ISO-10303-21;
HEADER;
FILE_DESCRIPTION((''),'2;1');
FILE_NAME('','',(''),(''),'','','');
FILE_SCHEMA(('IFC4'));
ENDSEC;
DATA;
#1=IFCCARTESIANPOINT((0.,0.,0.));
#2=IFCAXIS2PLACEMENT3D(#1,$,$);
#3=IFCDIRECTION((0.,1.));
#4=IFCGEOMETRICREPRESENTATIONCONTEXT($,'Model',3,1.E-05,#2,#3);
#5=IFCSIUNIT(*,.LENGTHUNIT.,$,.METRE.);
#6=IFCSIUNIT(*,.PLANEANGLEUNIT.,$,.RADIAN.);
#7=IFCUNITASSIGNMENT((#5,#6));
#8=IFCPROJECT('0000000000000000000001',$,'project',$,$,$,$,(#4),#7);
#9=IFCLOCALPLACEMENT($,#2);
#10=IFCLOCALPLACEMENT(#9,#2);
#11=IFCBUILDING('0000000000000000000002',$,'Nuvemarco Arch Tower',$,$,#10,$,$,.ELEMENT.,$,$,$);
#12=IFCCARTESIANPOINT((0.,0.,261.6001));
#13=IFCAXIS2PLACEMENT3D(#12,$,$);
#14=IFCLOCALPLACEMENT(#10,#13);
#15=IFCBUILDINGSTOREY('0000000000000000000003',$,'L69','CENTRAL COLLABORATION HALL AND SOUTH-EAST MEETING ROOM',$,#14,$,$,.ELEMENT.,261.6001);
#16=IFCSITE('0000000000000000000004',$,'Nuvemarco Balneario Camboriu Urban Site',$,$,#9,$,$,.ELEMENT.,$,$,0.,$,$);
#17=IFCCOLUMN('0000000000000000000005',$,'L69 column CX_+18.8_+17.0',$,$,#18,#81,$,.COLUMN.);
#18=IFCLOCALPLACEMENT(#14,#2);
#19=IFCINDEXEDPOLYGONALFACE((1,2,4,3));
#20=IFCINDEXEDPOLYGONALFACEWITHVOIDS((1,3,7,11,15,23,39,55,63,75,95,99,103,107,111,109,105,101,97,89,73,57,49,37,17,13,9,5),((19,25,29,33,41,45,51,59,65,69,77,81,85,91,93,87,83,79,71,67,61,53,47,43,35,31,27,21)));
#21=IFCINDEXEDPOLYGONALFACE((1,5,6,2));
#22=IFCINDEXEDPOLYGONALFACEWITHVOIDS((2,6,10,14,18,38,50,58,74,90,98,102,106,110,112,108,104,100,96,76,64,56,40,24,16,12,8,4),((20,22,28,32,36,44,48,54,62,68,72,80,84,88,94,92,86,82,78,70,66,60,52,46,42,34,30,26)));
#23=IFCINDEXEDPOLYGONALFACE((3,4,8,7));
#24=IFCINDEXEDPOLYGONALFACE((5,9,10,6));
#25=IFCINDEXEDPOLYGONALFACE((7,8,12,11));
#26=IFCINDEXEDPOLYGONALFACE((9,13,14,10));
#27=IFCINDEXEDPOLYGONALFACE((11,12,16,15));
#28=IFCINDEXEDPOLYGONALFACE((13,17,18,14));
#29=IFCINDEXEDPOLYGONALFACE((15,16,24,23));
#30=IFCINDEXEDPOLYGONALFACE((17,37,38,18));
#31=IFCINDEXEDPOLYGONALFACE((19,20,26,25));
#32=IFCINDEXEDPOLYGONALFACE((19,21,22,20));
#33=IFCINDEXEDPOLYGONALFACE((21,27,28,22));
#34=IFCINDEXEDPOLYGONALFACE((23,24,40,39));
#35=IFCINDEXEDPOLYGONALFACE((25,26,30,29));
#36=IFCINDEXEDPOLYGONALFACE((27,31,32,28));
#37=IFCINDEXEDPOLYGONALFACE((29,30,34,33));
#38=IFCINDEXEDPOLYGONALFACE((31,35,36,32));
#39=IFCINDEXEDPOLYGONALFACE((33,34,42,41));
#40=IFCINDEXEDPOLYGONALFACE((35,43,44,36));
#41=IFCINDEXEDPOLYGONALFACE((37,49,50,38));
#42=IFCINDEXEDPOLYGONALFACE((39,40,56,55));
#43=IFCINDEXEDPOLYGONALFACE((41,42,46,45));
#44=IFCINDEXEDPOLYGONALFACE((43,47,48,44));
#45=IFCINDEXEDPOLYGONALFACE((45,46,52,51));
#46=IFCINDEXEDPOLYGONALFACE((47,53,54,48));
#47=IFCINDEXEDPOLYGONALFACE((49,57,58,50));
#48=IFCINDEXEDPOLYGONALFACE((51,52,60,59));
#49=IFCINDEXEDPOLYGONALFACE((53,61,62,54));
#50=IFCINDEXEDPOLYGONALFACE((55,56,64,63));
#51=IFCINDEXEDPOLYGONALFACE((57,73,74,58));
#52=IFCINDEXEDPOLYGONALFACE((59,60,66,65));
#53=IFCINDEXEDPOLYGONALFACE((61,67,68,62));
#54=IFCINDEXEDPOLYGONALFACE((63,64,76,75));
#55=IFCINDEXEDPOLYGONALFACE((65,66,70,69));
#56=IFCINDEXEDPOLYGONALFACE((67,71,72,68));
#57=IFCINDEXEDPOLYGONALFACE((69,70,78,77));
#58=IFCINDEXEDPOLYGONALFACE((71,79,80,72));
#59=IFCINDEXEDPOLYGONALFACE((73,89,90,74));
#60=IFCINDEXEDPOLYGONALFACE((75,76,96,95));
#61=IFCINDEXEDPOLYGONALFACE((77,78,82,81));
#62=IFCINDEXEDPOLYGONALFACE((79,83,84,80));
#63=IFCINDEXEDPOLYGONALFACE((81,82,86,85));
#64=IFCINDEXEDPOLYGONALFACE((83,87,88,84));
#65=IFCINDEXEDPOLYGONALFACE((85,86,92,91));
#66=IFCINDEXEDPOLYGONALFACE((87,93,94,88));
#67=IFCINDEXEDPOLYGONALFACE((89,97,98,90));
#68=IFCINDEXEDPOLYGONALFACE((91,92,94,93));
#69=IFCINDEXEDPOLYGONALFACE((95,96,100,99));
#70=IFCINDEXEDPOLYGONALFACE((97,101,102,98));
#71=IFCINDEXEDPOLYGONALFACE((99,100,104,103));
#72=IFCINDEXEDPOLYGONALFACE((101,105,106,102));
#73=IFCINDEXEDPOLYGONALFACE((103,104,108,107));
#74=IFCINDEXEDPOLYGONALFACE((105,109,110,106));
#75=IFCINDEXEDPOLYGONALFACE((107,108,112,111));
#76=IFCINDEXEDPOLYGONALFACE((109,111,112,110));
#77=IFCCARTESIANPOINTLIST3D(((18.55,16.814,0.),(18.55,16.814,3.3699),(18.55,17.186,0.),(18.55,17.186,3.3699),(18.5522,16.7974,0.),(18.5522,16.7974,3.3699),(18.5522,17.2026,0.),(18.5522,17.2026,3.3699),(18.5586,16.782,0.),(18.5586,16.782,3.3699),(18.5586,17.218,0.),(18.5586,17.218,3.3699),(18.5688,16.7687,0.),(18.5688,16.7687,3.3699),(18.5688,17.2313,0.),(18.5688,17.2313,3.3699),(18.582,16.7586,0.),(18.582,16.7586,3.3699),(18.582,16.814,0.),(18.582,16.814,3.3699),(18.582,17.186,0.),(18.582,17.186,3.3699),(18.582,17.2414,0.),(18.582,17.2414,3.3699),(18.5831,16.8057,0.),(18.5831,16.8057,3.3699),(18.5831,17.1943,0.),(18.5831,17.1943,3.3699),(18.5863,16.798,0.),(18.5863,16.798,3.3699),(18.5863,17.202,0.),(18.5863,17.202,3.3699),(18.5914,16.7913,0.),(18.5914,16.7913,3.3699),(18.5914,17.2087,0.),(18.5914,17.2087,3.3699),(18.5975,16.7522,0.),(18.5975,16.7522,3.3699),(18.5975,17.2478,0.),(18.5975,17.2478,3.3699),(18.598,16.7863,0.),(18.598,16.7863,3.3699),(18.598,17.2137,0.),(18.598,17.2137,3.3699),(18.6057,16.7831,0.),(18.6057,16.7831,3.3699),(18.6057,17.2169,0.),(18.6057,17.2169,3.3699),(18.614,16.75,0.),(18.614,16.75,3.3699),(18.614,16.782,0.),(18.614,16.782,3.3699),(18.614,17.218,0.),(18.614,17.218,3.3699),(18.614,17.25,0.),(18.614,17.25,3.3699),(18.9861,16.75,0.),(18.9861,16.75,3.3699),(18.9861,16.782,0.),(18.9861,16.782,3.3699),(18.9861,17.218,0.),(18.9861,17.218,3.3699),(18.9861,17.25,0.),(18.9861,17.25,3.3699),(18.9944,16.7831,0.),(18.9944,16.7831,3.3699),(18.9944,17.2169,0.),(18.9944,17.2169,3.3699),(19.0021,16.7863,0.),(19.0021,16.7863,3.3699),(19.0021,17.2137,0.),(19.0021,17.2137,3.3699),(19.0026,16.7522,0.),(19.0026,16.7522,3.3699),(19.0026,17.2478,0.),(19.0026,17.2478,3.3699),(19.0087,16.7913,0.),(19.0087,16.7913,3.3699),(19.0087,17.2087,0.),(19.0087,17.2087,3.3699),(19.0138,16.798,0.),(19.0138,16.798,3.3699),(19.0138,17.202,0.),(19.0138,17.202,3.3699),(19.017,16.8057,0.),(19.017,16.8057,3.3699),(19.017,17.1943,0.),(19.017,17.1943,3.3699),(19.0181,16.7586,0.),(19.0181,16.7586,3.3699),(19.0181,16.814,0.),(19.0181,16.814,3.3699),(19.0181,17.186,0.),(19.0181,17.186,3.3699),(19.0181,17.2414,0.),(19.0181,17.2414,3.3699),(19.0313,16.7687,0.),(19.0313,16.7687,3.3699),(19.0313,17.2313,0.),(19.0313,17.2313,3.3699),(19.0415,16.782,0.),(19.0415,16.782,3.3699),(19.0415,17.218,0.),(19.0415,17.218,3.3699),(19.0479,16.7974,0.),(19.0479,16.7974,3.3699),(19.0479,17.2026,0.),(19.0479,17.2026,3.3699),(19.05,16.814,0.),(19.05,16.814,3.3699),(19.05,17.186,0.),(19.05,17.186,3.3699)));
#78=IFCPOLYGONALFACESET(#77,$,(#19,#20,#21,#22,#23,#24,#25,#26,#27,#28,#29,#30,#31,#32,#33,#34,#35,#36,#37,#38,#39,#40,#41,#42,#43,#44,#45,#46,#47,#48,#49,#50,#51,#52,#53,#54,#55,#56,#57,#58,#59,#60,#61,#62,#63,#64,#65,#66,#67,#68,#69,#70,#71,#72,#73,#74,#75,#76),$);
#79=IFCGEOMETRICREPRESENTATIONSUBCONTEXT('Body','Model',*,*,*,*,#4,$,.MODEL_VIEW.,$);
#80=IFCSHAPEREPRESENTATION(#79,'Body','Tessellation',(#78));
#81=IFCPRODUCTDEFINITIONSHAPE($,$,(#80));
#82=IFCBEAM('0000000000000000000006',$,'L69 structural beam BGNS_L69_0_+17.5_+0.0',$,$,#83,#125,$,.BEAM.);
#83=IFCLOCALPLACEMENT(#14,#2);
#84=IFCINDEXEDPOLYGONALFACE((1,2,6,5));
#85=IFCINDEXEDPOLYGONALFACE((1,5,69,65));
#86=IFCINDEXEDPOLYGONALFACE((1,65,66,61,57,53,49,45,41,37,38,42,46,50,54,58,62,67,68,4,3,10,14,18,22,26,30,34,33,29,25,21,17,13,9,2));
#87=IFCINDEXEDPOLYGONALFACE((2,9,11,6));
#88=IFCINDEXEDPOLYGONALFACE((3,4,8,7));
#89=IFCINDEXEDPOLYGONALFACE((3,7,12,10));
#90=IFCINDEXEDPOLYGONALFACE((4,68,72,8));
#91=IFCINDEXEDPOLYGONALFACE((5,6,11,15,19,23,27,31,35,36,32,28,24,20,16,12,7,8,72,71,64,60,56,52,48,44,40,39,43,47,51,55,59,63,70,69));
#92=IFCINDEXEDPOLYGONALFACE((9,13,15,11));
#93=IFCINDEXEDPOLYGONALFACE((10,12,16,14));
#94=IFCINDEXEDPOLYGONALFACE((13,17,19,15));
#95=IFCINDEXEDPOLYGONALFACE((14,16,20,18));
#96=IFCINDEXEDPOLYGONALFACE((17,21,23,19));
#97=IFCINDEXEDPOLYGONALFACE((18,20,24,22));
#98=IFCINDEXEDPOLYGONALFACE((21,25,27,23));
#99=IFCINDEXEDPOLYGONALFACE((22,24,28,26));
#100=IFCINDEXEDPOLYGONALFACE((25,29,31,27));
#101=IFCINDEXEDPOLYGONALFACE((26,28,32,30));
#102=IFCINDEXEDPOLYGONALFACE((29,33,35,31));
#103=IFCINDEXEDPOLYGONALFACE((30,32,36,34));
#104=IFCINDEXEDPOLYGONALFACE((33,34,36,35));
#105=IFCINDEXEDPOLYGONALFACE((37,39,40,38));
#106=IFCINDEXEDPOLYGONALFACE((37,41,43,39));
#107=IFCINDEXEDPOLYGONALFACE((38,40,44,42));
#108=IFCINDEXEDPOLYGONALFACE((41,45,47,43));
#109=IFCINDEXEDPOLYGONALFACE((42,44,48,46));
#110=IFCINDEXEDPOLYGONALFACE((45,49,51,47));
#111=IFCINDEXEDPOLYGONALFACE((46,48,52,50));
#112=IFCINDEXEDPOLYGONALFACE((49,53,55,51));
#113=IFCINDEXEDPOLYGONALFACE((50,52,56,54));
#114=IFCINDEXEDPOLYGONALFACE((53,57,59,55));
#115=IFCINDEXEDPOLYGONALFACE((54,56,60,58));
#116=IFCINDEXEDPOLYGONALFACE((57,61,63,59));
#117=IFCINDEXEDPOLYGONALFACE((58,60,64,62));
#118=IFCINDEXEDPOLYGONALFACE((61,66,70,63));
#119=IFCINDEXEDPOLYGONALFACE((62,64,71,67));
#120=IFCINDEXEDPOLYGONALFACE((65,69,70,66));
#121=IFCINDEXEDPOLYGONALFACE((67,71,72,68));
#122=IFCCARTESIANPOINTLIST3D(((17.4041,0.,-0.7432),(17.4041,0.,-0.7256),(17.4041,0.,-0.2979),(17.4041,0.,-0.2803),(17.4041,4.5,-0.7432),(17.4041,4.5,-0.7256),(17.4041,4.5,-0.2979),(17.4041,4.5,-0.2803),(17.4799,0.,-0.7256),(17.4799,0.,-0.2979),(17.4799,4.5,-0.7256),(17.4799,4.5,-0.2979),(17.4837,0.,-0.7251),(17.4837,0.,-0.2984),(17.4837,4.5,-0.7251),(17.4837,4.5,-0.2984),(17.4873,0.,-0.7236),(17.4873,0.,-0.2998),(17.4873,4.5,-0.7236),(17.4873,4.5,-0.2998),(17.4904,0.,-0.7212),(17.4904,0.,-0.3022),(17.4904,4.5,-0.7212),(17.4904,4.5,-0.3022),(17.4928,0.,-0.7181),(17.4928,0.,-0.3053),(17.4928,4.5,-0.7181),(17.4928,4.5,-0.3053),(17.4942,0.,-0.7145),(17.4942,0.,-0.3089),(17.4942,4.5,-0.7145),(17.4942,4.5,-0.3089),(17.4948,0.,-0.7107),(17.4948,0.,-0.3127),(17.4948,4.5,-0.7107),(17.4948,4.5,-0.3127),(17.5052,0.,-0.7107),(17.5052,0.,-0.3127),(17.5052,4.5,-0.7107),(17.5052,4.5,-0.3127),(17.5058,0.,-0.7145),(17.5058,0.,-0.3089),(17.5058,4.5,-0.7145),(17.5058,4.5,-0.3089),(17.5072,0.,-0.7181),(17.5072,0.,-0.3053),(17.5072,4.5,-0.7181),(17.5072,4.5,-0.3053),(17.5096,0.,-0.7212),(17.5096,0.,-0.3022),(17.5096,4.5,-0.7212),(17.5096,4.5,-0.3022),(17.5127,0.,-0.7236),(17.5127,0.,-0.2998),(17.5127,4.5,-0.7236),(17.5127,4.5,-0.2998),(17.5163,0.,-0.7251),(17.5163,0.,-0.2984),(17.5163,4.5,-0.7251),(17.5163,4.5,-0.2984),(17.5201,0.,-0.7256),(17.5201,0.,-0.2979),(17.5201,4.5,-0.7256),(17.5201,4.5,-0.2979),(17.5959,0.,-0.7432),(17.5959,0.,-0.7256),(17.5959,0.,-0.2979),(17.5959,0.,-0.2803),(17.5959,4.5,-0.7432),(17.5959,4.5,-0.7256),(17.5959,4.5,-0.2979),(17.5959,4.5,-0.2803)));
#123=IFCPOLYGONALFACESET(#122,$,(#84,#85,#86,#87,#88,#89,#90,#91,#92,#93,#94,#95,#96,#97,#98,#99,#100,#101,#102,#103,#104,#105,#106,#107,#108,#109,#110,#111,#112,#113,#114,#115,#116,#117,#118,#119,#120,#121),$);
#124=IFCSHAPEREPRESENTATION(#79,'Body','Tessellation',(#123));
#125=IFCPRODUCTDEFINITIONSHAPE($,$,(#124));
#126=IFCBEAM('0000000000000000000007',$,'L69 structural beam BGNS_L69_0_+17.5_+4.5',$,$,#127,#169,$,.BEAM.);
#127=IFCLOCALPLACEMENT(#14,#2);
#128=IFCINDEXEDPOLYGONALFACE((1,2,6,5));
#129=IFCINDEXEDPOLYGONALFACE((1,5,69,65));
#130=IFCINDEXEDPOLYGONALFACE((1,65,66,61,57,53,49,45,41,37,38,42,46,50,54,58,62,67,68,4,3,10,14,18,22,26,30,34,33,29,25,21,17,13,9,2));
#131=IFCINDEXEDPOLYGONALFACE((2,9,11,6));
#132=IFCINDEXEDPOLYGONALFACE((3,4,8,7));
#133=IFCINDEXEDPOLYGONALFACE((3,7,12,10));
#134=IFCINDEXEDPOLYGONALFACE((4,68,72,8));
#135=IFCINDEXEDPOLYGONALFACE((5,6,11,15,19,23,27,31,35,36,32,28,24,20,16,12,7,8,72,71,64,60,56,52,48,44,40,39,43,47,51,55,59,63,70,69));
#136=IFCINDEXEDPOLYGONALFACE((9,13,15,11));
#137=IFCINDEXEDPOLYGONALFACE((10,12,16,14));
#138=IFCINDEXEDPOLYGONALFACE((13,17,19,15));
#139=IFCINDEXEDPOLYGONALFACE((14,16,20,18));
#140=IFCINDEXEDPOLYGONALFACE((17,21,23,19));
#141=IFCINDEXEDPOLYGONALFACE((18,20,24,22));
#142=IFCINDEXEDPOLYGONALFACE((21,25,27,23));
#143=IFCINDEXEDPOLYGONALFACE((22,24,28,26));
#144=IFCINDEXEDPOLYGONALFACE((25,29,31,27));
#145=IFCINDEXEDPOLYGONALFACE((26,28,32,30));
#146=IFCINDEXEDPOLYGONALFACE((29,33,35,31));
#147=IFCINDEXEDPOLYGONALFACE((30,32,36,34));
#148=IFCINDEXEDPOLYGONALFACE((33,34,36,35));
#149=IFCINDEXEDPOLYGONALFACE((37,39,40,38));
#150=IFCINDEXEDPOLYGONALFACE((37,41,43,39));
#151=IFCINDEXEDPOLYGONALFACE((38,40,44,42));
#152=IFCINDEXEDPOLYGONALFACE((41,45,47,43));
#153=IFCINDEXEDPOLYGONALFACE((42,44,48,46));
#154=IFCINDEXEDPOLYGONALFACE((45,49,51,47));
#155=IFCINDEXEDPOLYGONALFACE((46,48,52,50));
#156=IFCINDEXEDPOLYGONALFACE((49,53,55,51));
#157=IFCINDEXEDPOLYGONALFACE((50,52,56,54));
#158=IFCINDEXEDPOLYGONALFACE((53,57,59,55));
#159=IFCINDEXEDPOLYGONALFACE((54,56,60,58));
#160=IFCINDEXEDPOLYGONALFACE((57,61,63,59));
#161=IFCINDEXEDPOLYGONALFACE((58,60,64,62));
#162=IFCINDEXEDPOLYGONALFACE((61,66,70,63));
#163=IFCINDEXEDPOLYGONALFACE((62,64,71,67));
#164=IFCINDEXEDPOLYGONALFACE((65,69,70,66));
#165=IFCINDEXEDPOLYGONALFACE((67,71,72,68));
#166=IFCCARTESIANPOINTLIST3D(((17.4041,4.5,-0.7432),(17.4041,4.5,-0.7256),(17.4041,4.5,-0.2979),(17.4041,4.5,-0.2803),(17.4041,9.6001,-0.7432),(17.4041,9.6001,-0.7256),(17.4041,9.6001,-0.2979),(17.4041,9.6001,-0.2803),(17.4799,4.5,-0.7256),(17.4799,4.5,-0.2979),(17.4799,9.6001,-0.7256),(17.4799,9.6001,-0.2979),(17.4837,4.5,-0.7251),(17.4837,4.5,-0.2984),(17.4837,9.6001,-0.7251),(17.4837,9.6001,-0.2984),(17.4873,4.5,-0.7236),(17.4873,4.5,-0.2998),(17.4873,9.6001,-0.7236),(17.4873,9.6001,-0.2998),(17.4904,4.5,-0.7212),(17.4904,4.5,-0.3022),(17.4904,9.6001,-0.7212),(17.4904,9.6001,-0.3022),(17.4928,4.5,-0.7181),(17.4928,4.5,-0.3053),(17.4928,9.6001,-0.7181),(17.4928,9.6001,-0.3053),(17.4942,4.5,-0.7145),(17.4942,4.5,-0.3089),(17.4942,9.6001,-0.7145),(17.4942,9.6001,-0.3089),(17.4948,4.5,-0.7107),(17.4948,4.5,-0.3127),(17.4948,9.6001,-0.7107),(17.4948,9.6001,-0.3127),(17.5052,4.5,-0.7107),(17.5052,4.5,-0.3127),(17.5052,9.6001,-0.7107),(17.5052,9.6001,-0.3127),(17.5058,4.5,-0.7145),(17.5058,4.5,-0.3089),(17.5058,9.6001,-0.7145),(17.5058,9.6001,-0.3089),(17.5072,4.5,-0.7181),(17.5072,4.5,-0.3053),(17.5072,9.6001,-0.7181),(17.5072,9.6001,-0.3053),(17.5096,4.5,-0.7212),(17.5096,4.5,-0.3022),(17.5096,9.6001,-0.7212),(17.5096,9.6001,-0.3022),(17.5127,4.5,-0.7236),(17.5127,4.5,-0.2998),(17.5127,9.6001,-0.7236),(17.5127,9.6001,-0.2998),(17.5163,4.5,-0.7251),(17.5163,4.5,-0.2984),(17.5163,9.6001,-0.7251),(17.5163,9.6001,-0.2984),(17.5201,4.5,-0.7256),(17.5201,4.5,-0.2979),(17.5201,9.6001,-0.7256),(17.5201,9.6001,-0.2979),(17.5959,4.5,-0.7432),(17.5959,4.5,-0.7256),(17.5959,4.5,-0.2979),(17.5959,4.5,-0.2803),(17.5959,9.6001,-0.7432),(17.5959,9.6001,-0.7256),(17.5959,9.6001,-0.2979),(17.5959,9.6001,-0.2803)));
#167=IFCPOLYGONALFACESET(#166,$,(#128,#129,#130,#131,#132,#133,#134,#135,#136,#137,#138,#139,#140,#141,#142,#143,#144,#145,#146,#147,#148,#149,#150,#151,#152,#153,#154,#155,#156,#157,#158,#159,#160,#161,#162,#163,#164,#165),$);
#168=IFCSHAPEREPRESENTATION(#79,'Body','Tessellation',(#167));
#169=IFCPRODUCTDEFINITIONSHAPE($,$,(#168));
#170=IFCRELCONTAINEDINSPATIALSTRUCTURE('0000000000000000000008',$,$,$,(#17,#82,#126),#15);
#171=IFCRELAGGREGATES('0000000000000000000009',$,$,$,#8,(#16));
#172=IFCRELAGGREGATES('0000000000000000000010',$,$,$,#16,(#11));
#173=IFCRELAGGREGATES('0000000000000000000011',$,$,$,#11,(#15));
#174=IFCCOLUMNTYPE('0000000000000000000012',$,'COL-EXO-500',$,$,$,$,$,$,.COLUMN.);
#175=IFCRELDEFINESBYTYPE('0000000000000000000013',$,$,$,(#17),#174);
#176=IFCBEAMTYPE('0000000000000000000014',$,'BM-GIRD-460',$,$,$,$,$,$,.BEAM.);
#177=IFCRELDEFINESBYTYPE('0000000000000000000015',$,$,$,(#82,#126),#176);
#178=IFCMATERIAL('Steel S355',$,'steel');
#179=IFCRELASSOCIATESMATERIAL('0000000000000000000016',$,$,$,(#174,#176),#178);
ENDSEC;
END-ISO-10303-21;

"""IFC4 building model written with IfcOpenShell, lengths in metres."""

from ifc_helpers import new_model, si_unit, direction, frame, origin, origin_2d, place, context, subcontext, project, spatial, hollow_rectangle, i_section, extrude, material, material_profile, profile_set, type_object, element, save


model = new_model("IFC4")

# Units and contexts
model_context = context("Model", 3, precision=1e-05, world=origin(), true_north=direction((0.0, 1.0)))
body_context = subcontext(model_context, "Body", "Model", "MODEL_VIEW")
ifc_project = project(units=[si_unit("LENGTHUNIT", "METRE"), si_unit("PLANEANGLEUNIT", "RADIAN")], contexts=[model_context])

# Site, building, storey
site_placement = place(None, origin())
site = spatial("IfcSite", under=ifc_project, at=site_placement, Name="Nuvemarco Balneario Camboriu Urban Site", CompositionType="ELEMENT", RefElevation=0.0)
building_placement = place(site_placement, origin())
building = spatial("IfcBuilding", under=site, at=building_placement, Name="Nuvemarco Arch Tower", CompositionType="ELEMENT")
storey_placement = place(building_placement, frame((0.0, 0.0, 261.6001)))
storey = spatial("IfcBuildingStorey", under=building, at=storey_placement, Name="L69", Description="CENTRAL COLLABORATION HALL AND SOUTH-EAST MEETING ROOM", CompositionType="ELEMENT", Elevation=261.6001)

# Column
ifc_material_1 = material(Name="Steel S355", Category="steel")
ifc_material_profile_1 = material_profile(ifc_material_1, hollow_rectangle(XDim=0.5, YDim=0.5, WallThickness=0.032, InnerFilletRadius=0.032, OuterFilletRadius=0.064, at=origin_2d()), Name="SHS500x500x32")
ifc_profile_set_1 = profile_set([ifc_material_profile_1], Name="Steel S355")
column_type_1 = type_object("IfcColumnType", Name="COL-EXO-500", PredefinedType="COLUMN", material=ifc_profile_set_1)
for number, where, z_axis, x_axis, name in (
    (1, (18.8, 17.0, 0.0), (0.0, 0.0, 1.0), (1.0, 0.0, 0.0), "L69 column CX_+18.8_+17.0"),
):
    element("IfcColumn", number, at=place(storey_placement, frame(where, z_axis=z_axis, x_axis=x_axis)), inside=storey, type_object=column_type_1, Name=name, PredefinedType="COLUMN", context=body_context, shape_type="SweptSolid", body=[
        extrude(hollow_rectangle(XDim=0.5, YDim=0.5, WallThickness=0.032, InnerFilletRadius=0.032, OuterFilletRadius=0.064, at=origin_2d()), origin(), (0.0, 0.0, 1.0), 3.3699),
    ])

# Beams
ifc_material_profile_2 = material_profile(ifc_material_1, i_section(OverallWidth=0.1919, OverallDepth=0.4629, WebThickness=0.0105, FlangeThickness=0.0176, FilletRadius=0.0149, at=origin_2d()), Name="W460x89")
ifc_profile_set_2 = profile_set([ifc_material_profile_2], Name="Steel S355")
beam_type_1 = type_object("IfcBeamType", Name="BM-GIRD-460", PredefinedType="BEAM", material=ifc_profile_set_2)
beam_1_placement = place(storey_placement, frame((17.5, 0.0, -0.5117), z_axis=(0.0, 1.0, 0.0), x_axis=(-1.0, 0.0, 0.0)))
element("IfcBeam", 2, at=beam_1_placement, inside=storey, type_object=beam_type_1, Name="L69 structural beam BGNS_L69_0_+17.5_+0.0", PredefinedType="BEAM", context=body_context, shape_type="SweptSolid", body=[
    extrude(i_section(OverallWidth=0.1919, OverallDepth=0.4629, WebThickness=0.0105, FlangeThickness=0.0176, FilletRadius=0.0149, at=origin_2d()), origin(), (0.0, 0.0, 1.0), 4.5),
])
beam_2_placement = place(storey_placement, frame((17.5, 4.5, -0.5117), z_axis=(0.0, 1.0, 0.0), x_axis=(-1.0, 0.0, 0.0)))
element("IfcBeam", 3, at=beam_2_placement, inside=storey, type_object=beam_type_1, Name="L69 structural beam BGNS_L69_0_+17.5_+4.5", PredefinedType="BEAM", context=body_context, shape_type="SweptSolid", body=[
    extrude(i_section(OverallWidth=0.1919, OverallDepth=0.4629, WebThickness=0.0105, FlangeThickness=0.0176, FilletRadius=0.0149, at=origin_2d()), origin(), (0.0, 0.0, 1.0), 5.1001),
])

save(model, "model.ifc")
